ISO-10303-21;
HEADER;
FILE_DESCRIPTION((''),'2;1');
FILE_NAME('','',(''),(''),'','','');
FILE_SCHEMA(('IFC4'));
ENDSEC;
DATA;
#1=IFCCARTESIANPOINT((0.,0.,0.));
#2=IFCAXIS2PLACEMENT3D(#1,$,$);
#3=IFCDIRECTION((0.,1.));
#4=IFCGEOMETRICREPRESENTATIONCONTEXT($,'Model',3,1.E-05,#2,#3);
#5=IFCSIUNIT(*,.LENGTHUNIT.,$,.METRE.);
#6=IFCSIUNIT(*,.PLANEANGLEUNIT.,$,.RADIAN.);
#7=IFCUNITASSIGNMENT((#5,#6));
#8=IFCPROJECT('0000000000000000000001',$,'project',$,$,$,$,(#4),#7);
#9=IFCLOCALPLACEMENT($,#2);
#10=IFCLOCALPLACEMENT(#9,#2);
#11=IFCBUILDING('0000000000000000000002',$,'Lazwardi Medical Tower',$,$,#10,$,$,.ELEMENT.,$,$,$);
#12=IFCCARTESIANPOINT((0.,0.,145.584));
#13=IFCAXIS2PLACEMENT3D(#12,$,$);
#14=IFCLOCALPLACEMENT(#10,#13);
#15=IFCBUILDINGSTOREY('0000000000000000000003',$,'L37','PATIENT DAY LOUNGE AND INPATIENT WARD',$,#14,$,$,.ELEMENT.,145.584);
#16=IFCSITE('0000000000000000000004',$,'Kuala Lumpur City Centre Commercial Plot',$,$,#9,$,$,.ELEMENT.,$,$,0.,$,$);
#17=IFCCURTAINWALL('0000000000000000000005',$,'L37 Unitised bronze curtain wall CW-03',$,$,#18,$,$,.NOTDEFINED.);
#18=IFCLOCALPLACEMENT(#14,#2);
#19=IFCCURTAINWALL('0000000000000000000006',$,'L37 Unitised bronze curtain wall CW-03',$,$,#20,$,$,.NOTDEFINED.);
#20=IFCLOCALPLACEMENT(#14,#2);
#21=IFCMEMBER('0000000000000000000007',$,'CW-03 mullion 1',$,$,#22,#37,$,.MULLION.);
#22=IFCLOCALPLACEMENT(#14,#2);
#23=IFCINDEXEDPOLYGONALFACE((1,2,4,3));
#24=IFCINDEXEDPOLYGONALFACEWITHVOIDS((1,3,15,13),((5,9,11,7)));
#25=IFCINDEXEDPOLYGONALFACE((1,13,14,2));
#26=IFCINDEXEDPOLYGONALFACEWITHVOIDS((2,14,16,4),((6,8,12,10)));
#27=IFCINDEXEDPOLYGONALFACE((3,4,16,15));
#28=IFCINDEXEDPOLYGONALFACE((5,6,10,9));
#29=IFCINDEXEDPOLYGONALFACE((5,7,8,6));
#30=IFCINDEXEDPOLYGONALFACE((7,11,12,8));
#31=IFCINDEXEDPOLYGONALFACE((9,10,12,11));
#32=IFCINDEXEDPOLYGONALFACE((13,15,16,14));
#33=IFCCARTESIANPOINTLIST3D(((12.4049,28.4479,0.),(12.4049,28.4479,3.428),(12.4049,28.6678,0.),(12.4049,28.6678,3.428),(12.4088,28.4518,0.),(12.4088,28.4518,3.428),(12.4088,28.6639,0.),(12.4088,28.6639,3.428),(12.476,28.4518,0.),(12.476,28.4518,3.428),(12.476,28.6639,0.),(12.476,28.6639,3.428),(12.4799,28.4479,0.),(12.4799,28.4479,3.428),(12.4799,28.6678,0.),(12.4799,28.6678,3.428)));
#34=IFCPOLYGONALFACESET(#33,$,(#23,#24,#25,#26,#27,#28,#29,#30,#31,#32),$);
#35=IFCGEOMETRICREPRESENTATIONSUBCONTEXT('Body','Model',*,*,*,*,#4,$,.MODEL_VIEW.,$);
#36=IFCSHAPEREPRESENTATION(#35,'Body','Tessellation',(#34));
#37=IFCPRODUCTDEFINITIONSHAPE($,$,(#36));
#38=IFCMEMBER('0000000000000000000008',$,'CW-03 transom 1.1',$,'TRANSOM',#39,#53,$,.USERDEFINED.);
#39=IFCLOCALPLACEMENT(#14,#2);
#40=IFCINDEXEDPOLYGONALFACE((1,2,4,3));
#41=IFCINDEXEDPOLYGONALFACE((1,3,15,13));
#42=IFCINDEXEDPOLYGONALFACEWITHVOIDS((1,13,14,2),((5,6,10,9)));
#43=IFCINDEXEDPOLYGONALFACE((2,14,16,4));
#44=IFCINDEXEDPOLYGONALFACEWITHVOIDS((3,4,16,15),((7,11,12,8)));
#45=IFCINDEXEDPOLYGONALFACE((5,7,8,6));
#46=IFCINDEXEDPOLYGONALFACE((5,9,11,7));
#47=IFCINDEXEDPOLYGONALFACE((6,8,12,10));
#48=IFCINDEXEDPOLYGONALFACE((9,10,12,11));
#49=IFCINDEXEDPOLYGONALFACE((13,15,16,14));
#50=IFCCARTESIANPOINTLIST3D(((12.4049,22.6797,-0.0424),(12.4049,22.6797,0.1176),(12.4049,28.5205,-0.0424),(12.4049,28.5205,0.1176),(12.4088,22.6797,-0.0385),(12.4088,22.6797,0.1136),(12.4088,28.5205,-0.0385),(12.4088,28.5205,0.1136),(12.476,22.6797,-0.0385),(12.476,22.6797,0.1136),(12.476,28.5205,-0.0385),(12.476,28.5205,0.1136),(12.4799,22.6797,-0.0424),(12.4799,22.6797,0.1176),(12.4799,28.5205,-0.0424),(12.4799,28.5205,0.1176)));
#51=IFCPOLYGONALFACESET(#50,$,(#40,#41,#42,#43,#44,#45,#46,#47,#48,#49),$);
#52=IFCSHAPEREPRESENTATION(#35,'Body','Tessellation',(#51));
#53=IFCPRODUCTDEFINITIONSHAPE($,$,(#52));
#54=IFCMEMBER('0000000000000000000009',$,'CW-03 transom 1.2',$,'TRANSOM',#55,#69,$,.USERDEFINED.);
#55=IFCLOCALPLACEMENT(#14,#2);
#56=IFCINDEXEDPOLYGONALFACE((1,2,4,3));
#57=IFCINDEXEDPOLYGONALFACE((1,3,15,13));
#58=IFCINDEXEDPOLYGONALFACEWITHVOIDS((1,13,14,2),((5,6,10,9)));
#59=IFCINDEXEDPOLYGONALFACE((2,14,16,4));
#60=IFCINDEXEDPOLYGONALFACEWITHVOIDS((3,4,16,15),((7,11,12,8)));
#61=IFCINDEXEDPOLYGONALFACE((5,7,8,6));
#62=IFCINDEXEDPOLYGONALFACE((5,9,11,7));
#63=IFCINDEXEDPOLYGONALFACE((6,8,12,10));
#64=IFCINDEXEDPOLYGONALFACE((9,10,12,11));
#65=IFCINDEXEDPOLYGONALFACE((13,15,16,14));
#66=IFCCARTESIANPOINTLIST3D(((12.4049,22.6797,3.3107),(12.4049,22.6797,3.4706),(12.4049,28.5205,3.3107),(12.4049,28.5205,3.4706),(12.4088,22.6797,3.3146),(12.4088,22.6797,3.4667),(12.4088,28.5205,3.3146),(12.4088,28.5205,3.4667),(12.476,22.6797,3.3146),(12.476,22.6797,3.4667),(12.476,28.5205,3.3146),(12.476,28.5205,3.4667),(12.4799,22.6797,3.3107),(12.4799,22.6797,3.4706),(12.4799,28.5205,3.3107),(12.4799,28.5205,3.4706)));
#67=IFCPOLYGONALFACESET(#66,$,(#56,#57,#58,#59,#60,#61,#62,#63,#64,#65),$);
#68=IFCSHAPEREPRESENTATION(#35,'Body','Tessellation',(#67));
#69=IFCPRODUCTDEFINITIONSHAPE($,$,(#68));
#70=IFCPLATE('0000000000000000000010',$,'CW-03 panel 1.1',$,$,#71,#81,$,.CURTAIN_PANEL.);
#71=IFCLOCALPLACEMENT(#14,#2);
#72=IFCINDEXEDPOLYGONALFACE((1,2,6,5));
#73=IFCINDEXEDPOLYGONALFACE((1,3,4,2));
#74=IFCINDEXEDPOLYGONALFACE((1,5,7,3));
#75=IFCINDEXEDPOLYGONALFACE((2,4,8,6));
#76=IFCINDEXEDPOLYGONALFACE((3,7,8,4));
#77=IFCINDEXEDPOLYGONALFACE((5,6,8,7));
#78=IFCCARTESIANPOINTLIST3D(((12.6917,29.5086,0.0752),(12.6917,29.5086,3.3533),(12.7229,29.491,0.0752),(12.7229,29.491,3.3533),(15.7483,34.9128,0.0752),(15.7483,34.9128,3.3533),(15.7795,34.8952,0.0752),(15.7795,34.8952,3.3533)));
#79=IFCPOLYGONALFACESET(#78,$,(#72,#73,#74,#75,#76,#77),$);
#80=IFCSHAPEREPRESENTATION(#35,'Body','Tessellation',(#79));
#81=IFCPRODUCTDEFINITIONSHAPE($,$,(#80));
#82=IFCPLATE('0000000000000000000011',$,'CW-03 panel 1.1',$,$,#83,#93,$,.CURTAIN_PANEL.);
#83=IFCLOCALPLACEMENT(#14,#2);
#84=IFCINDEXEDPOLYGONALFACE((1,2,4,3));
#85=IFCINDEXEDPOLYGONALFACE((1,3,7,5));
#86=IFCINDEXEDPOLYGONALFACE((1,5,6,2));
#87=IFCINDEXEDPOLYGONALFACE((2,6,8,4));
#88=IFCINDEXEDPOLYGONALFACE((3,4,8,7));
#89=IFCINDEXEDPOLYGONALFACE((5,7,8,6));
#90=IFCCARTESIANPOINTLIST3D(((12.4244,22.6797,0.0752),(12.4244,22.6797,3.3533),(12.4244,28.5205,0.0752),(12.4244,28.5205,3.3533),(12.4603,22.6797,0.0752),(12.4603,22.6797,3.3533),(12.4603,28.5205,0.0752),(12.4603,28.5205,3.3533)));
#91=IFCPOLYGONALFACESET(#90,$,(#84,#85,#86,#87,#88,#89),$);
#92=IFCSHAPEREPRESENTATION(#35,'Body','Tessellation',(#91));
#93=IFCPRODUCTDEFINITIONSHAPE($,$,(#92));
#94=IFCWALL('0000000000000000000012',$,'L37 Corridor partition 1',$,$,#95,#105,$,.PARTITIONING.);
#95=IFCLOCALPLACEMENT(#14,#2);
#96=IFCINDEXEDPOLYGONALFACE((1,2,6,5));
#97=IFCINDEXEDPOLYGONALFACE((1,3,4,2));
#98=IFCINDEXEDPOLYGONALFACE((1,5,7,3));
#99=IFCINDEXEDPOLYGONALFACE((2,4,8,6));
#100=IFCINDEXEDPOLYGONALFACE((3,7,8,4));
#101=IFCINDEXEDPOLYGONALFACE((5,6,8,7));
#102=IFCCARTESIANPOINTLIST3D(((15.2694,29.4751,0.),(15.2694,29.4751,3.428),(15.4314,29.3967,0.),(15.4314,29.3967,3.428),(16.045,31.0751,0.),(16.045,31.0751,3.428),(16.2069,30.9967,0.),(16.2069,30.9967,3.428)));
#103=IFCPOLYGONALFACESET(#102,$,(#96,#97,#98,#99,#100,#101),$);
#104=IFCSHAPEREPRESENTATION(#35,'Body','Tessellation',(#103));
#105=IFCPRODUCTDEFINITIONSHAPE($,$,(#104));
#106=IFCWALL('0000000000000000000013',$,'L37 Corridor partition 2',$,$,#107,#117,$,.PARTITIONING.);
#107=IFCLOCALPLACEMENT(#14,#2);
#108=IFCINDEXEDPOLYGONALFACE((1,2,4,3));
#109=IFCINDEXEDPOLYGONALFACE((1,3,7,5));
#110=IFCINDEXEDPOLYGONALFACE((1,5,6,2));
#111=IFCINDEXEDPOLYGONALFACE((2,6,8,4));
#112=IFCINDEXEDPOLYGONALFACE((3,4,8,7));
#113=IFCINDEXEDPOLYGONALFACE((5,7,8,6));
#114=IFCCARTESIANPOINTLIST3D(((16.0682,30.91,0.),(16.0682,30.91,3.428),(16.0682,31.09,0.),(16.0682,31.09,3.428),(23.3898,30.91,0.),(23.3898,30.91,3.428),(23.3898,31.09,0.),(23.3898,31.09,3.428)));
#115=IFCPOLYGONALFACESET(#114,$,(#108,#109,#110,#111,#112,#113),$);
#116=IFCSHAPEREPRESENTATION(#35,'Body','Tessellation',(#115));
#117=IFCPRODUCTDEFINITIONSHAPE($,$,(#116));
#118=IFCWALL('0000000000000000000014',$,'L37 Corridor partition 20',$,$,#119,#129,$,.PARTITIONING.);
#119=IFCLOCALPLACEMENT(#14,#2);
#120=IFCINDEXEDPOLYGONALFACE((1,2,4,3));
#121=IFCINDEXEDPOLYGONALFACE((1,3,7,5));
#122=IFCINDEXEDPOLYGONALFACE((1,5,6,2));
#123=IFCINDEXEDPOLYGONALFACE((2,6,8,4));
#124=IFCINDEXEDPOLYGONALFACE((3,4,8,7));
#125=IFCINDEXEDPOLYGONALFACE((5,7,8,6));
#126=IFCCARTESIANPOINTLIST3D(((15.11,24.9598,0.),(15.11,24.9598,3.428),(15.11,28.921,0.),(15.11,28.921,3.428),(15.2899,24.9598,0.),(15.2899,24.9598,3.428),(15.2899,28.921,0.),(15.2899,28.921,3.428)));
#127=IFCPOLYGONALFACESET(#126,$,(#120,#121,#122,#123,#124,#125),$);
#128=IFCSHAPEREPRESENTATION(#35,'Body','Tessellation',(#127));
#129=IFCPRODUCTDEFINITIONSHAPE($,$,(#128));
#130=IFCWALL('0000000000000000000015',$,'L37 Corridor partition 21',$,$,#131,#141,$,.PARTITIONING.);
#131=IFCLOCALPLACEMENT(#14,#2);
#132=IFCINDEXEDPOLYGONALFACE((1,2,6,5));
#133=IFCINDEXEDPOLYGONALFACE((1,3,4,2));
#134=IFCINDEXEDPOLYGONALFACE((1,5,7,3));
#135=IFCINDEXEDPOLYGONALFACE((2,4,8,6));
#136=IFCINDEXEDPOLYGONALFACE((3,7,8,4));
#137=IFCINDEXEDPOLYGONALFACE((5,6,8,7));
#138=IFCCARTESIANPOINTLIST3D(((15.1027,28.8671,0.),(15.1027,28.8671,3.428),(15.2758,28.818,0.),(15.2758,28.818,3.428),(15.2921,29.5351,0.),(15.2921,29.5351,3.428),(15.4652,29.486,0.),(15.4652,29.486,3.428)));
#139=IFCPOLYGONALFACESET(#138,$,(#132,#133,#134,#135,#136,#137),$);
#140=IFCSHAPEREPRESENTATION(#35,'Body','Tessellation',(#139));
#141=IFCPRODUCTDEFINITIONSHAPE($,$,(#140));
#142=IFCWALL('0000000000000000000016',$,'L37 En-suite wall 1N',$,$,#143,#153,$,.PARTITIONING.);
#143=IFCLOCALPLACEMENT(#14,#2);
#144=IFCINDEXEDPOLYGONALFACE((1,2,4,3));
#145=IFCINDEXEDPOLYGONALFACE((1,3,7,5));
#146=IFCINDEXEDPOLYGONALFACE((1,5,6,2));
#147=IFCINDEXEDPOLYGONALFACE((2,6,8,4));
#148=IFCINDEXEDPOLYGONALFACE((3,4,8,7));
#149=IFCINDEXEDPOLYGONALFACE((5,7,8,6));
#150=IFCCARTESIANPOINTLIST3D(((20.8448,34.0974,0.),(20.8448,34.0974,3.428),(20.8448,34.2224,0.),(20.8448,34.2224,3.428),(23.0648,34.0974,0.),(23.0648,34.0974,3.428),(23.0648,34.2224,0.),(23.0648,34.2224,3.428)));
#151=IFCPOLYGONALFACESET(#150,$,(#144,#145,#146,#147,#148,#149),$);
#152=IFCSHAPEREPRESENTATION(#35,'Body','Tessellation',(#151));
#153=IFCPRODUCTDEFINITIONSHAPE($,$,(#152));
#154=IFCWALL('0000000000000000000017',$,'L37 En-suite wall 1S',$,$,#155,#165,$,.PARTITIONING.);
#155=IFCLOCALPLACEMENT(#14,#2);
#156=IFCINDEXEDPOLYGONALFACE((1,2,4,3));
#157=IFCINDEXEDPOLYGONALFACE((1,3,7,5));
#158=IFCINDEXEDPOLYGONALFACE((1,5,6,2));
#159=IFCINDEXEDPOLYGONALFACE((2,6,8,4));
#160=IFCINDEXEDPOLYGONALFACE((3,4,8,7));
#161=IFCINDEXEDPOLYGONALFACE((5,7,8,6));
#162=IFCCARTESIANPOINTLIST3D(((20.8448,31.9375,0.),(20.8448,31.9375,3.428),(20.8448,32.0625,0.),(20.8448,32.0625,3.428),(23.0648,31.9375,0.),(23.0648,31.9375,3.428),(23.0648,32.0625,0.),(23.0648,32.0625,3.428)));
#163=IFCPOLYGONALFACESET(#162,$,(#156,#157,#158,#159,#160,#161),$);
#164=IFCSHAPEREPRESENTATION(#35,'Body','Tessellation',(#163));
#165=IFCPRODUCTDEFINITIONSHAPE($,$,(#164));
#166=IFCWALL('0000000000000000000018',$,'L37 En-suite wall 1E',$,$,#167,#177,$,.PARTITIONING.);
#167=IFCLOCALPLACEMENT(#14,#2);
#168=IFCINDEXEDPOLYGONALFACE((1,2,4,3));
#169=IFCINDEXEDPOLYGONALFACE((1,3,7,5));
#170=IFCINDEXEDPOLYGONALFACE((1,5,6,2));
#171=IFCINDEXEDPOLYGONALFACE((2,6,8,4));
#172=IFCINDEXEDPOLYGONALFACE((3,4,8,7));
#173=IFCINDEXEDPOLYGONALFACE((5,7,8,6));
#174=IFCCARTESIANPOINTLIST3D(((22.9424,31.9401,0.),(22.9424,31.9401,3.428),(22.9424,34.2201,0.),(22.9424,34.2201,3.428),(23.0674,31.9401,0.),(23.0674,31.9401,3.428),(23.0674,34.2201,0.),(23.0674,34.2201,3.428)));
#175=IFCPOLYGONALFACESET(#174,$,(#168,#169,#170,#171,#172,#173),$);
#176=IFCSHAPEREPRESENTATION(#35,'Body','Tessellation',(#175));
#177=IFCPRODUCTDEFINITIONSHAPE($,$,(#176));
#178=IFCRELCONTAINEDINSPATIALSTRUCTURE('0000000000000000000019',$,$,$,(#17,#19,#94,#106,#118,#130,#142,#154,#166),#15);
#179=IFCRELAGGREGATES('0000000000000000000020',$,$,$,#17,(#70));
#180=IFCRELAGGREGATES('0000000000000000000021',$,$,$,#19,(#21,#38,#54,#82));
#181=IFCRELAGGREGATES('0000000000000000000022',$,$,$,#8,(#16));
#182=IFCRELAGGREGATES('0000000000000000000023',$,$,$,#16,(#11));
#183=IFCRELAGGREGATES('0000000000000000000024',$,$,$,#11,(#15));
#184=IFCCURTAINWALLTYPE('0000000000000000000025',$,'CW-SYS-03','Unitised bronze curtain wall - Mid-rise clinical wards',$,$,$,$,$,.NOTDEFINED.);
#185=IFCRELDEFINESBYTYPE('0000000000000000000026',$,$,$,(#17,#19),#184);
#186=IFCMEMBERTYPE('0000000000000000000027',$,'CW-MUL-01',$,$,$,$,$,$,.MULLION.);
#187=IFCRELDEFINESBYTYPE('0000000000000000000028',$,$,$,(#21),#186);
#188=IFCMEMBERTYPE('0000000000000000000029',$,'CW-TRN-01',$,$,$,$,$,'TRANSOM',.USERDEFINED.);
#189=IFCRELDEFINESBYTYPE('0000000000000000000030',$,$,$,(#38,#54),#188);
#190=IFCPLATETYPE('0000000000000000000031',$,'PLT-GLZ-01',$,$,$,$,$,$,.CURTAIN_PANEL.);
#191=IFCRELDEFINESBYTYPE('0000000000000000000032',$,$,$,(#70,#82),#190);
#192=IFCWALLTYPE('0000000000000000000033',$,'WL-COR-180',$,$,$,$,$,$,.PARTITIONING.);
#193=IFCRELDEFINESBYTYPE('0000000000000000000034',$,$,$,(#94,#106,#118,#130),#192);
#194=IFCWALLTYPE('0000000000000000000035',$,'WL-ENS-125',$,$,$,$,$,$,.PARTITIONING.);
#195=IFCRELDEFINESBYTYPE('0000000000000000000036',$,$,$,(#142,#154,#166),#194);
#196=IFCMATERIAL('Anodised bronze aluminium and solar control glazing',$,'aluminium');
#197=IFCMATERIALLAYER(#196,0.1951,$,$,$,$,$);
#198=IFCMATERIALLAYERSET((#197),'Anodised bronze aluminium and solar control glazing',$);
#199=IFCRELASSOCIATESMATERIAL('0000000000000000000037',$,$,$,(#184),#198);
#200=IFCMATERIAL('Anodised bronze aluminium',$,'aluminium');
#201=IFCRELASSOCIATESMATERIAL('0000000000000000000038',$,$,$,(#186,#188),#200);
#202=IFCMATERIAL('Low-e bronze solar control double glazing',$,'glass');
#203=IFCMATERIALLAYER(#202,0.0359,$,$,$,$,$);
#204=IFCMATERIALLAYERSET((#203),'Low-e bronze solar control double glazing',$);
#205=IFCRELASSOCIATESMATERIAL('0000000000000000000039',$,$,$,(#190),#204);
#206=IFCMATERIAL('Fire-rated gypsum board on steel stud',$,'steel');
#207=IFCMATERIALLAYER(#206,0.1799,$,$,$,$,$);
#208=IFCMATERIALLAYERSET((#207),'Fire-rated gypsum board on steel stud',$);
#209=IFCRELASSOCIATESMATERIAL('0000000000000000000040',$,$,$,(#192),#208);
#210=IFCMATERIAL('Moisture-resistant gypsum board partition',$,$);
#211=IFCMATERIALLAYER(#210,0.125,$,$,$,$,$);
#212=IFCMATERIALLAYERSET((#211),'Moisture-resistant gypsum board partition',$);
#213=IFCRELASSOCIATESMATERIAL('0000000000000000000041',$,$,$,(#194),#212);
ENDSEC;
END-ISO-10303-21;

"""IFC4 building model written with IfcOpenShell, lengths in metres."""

from ifc_helpers import new_model, si_unit, direction, frame, frame_2d, origin, origin_2d, place, context, subcontext, project, spatial, rectangle, hollow_rectangle, extrude, material, layer, layer_set, material_profile, profile_set, type_object, element, aggregate, save


model = new_model("IFC4")

# Units and contexts
model_context = context("Model", 3, precision=1e-05, world=origin(), true_north=direction((0.0, 1.0)))
body_context = subcontext(model_context, "Body", "Model", "MODEL_VIEW")
ifc_project = project(units=[si_unit("LENGTHUNIT", "METRE"), si_unit("PLANEANGLEUNIT", "RADIAN")], contexts=[model_context])

# Site, building, storey
site_placement = place(None, origin())
site = spatial("IfcSite", under=ifc_project, at=site_placement, Name="Kuala Lumpur City Centre Commercial Plot", CompositionType="ELEMENT", RefElevation=0.0)
building_placement = place(site_placement, origin())
building = spatial("IfcBuilding", under=site, at=building_placement, Name="Lazwardi Medical Tower", CompositionType="ELEMENT")
storey_placement = place(building_placement, frame((0.0, 0.0, 145.584)))
storey = spatial("IfcBuildingStorey", under=building, at=storey_placement, Name="L37", Description="PATIENT DAY LOUNGE AND INPATIENT WARD", CompositionType="ELEMENT", Elevation=145.584)

# Curtain wall
ifc_material_1 = material(Name="Anodised bronze aluminium and solar control glazing", Category="aluminium")
ifc_layer_1 = layer(ifc_material_1, 0.1951)
ifc_layer_set_1 = layer_set([ifc_layer_1], Name="Anodised bronze aluminium and solar control glazing")
curtain_wall_type = type_object("IfcCurtainWallType", Name="CW-SYS-03", Description="Unitised bronze curtain wall - Mid-rise clinical wards", PredefinedType="NOTDEFINED", material=ifc_layer_set_1)
curtain_wall_1_placement = place(storey_placement, origin())
curtain_wall_1 = element("IfcCurtainWall", 1, at=curtain_wall_1_placement, inside=storey, type_object=curtain_wall_type, Name="L37 Unitised bronze curtain wall CW-03", PredefinedType="NOTDEFINED")
ifc_material_2 = material(Name="Anodised bronze aluminium", Category="aluminium")
ifc_material_profile_1 = material_profile(ifc_material_2, hollow_rectangle(XDim=0.075, YDim=0.22, WallThickness=0.0039, at=origin_2d()), Name="ALU-MULLION 220x75x4")
ifc_profile_set_1 = profile_set([ifc_material_profile_1], Name="Anodised bronze aluminium")
member_type_1 = type_object("IfcMemberType", Name="CW-MUL-01", PredefinedType="MULLION", material=ifc_profile_set_1)

# Curtain wall, members
curtain_wall_2_placement = place(storey_placement, origin())
curtain_wall_2 = element("IfcCurtainWall", 2, at=curtain_wall_2_placement, inside=storey, type_object=curtain_wall_type, Name="L37 Unitised bronze curtain wall CW-03", PredefinedType="NOTDEFINED")
member_1_placement = place(storey_placement, frame((12.4424, 28.5579, 0.0), z_axis=(0.0, 0.0, 1.0), x_axis=(1.0, 0.0, 0.0)))
member_1 = element("IfcMember", 3, at=member_1_placement, type_object=member_type_1, Name="CW-03 mullion 1", PredefinedType="MULLION", context=body_context, shape_type="SweptSolid", body=[
    extrude(hollow_rectangle(XDim=0.075, YDim=0.22, WallThickness=0.0039, at=origin_2d()), origin(), (0.0, 0.0, 1.0), 3.428),
])
ifc_material_profile_2 = material_profile(ifc_material_2, hollow_rectangle(XDim=0.075, YDim=0.1599, WallThickness=0.0039, at=origin_2d()), Name="ALU-TRANSOM 160x75x4")
ifc_profile_set_2 = profile_set([ifc_material_profile_2], Name="Anodised bronze aluminium")
member_type_2 = type_object("IfcMemberType", Name="CW-TRN-01", ElementType="TRANSOM", PredefinedType="USERDEFINED", material=ifc_profile_set_2)
member_2_placement = place(storey_placement, frame((12.4424, 28.5205, 0.0376), z_axis=(0.0, -1.0, 0.0), x_axis=(1.0, 0.0, 0.0)))
member_2 = element("IfcMember", 4, at=member_2_placement, type_object=member_type_2, Name="CW-03 transom 1.1", ObjectType="TRANSOM", PredefinedType="USERDEFINED", context=body_context, shape_type="SweptSolid", body=[
    extrude(hollow_rectangle(XDim=0.075, YDim=0.1599, WallThickness=0.0039, at=origin_2d()), origin(), (0.0, 0.0, 1.0), 5.8408),
])
member_3_placement = place(storey_placement, frame((12.4424, 28.5205, 3.3906), z_axis=(0.0, -1.0, 0.0), x_axis=(1.0, 0.0, 0.0)))
member_3 = element("IfcMember", 5, at=member_3_placement, type_object=member_type_2, Name="CW-03 transom 1.2", ObjectType="TRANSOM", PredefinedType="USERDEFINED", context=body_context, shape_type="SweptSolid", body=[
    extrude(hollow_rectangle(XDim=0.075, YDim=0.1599, WallThickness=0.0039, at=origin_2d()), origin(), (0.0, 0.0, 1.0), 5.8408),
])

# Plates
ifc_material_3 = material(Name="Low-e bronze solar control double glazing", Category="glass")
ifc_layer_2 = layer(ifc_material_3, 0.0359)
ifc_layer_set_2 = layer_set([ifc_layer_2], Name="Low-e bronze solar control double glazing")
plate_type = type_object("IfcPlateType", Name="PLT-GLZ-01", PredefinedType="CURTAIN_PANEL", material=ifc_layer_set_2)
plate_1_placement = place(storey_placement, frame((14.2356, 32.2019, 0.0752), z_axis=(0.0, 0.0, 1.0), x_axis=(-0.492312, -0.870419, 0.0)))
plate_1 = element("IfcPlate", 6, at=plate_1_placement, type_object=plate_type, Name="CW-03 panel 1.1", PredefinedType="CURTAIN_PANEL", context=body_context, shape_type="SweptSolid", body=[
    extrude(rectangle(XDim=6.2087, YDim=0.0359, at=origin_2d()), origin(), (0.0, 0.0, 1.0), 3.2781),
])
aggregate(curtain_wall_1, [plate_1])
plate_2_placement = place(storey_placement, frame((12.4424, 25.6001, 0.0752), z_axis=(0.0, 0.0, 1.0), x_axis=(0.0, -1.0, 0.0)))
plate_2 = element("IfcPlate", 7, at=plate_2_placement, type_object=plate_type, Name="CW-03 panel 1.1", PredefinedType="CURTAIN_PANEL", context=body_context, shape_type="SweptSolid", body=[
    extrude(rectangle(XDim=5.8408, YDim=0.0359, at=origin_2d()), origin(), (0.0, 0.0, 1.0), 3.2781),
])
aggregate(curtain_wall_2, [member_1, member_2, member_3, plate_2])

# Walls
ifc_material_4 = material(Name="Fire-rated gypsum board on steel stud", Category="steel")
ifc_layer_3 = layer(ifc_material_4, 0.1799)
ifc_layer_set_3 = layer_set([ifc_layer_3], Name="Fire-rated gypsum board on steel stud")
wall_type_1 = type_object("IfcWallType", Name="WL-COR-180", PredefinedType="PARTITIONING", material=ifc_layer_set_3)
wall_1_placement = place(storey_placement, frame((15.3503, 29.4358, 0.0), z_axis=(0.0, 0.0, 1.0), x_axis=(0.436196, 0.899852, 0.0)))
element("IfcWall", 8, at=wall_1_placement, inside=storey, type_object=wall_type_1, Name="L37 Corridor partition 1", PredefinedType="PARTITIONING", context=body_context, shape_type="SweptSolid", body=[
    extrude(rectangle(XDim=1.7781, YDim=0.1799, at=frame_2d((0.8892, 0.0))), origin(), (0.0, 0.0, 1.0), 3.428),
])
wall_2_placement = place(storey_placement, frame((16.0684, 31.0, 0.0), z_axis=(0.0, 0.0, 1.0), x_axis=(1.0, 0.0, 0.0)))
element("IfcWall", 9, at=wall_2_placement, inside=storey, type_object=wall_type_1, Name="L37 Corridor partition 2", PredefinedType="PARTITIONING", context=body_context, shape_type="SweptSolid", body=[
    extrude(rectangle(XDim=7.3215, YDim=0.1799, at=frame_2d((3.6606, 0.0))), origin(), (0.0, 0.0, 1.0), 3.428),
])
wall_3_placement = place(storey_placement, frame((15.2, 24.96, 0.0), z_axis=(0.0, 0.0, 1.0), x_axis=(0.0, 1.0, 0.0)))
element("IfcWall", 10, at=wall_3_placement, inside=storey, type_object=wall_type_1, Name="L37 Corridor partition 20", PredefinedType="PARTITIONING", context=body_context, shape_type="SweptSolid", body=[
    extrude(rectangle(XDim=3.9612, YDim=0.1799, at=frame_2d((1.9805, 0.0))), origin(), (0.0, 0.0, 1.0), 3.428),
])
wall_4_placement = place(storey_placement, frame((15.1892, 28.8425, 0.0), z_axis=(0.0, 0.0, 1.0), x_axis=(0.272863, 0.962053, 0.0)))
element("IfcWall", 11, at=wall_4_placement, inside=storey, type_object=wall_type_1, Name="L37 Corridor partition 21", PredefinedType="PARTITIONING", context=body_context, shape_type="SweptSolid", body=[
    extrude(rectangle(XDim=0.6943, YDim=0.1799, at=frame_2d((0.3472, 0.0))), origin(), (0.0, 0.0, 1.0), 3.428),
])
ifc_material_5 = material(Name="Moisture-resistant gypsum board partition")
ifc_layer_4 = layer(ifc_material_5, 0.125)
ifc_layer_set_4 = layer_set([ifc_layer_4], Name="Moisture-resistant gypsum board partition")
wall_type_2 = type_object("IfcWallType", Name="WL-ENS-125", PredefinedType="PARTITIONING", material=ifc_layer_set_4)
for number, where, z_axis, x_axis, name in (
    (12, (20.845, 34.1599, 0.0), (0.0, 0.0, 1.0), (1.0, 0.0, 0.0), "L37 En-suite wall 1N"),
    (13, (20.845, 32.0, 0.0), (0.0, 0.0, 1.0), (1.0, 0.0, 0.0), "L37 En-suite wall 1S"),
):
    element("IfcWall", number, at=place(storey_placement, frame(where, z_axis=z_axis, x_axis=x_axis)), inside=storey, type_object=wall_type_2, Name=name, PredefinedType="PARTITIONING", context=body_context, shape_type="SweptSolid", body=[
        extrude(rectangle(XDim=2.22, YDim=0.125, at=frame_2d((1.1099, 0.0))), origin(), (0.0, 0.0, 1.0), 3.428),
    ])
wall_5_placement = place(storey_placement, frame((23.0049, 31.9399, 0.0), z_axis=(0.0, 0.0, 1.0), x_axis=(0.0, 1.0, 0.0)))
element("IfcWall", 14, at=wall_5_placement, inside=storey, type_object=wall_type_2, Name="L37 En-suite wall 1E", PredefinedType="PARTITIONING", context=body_context, shape_type="SweptSolid", body=[
    extrude(rectangle(XDim=2.28, YDim=0.125, at=frame_2d((1.1401, 0.0))), origin(), (0.0, 0.0, 1.0), 3.428),
])

save(model, "model.ifc")
